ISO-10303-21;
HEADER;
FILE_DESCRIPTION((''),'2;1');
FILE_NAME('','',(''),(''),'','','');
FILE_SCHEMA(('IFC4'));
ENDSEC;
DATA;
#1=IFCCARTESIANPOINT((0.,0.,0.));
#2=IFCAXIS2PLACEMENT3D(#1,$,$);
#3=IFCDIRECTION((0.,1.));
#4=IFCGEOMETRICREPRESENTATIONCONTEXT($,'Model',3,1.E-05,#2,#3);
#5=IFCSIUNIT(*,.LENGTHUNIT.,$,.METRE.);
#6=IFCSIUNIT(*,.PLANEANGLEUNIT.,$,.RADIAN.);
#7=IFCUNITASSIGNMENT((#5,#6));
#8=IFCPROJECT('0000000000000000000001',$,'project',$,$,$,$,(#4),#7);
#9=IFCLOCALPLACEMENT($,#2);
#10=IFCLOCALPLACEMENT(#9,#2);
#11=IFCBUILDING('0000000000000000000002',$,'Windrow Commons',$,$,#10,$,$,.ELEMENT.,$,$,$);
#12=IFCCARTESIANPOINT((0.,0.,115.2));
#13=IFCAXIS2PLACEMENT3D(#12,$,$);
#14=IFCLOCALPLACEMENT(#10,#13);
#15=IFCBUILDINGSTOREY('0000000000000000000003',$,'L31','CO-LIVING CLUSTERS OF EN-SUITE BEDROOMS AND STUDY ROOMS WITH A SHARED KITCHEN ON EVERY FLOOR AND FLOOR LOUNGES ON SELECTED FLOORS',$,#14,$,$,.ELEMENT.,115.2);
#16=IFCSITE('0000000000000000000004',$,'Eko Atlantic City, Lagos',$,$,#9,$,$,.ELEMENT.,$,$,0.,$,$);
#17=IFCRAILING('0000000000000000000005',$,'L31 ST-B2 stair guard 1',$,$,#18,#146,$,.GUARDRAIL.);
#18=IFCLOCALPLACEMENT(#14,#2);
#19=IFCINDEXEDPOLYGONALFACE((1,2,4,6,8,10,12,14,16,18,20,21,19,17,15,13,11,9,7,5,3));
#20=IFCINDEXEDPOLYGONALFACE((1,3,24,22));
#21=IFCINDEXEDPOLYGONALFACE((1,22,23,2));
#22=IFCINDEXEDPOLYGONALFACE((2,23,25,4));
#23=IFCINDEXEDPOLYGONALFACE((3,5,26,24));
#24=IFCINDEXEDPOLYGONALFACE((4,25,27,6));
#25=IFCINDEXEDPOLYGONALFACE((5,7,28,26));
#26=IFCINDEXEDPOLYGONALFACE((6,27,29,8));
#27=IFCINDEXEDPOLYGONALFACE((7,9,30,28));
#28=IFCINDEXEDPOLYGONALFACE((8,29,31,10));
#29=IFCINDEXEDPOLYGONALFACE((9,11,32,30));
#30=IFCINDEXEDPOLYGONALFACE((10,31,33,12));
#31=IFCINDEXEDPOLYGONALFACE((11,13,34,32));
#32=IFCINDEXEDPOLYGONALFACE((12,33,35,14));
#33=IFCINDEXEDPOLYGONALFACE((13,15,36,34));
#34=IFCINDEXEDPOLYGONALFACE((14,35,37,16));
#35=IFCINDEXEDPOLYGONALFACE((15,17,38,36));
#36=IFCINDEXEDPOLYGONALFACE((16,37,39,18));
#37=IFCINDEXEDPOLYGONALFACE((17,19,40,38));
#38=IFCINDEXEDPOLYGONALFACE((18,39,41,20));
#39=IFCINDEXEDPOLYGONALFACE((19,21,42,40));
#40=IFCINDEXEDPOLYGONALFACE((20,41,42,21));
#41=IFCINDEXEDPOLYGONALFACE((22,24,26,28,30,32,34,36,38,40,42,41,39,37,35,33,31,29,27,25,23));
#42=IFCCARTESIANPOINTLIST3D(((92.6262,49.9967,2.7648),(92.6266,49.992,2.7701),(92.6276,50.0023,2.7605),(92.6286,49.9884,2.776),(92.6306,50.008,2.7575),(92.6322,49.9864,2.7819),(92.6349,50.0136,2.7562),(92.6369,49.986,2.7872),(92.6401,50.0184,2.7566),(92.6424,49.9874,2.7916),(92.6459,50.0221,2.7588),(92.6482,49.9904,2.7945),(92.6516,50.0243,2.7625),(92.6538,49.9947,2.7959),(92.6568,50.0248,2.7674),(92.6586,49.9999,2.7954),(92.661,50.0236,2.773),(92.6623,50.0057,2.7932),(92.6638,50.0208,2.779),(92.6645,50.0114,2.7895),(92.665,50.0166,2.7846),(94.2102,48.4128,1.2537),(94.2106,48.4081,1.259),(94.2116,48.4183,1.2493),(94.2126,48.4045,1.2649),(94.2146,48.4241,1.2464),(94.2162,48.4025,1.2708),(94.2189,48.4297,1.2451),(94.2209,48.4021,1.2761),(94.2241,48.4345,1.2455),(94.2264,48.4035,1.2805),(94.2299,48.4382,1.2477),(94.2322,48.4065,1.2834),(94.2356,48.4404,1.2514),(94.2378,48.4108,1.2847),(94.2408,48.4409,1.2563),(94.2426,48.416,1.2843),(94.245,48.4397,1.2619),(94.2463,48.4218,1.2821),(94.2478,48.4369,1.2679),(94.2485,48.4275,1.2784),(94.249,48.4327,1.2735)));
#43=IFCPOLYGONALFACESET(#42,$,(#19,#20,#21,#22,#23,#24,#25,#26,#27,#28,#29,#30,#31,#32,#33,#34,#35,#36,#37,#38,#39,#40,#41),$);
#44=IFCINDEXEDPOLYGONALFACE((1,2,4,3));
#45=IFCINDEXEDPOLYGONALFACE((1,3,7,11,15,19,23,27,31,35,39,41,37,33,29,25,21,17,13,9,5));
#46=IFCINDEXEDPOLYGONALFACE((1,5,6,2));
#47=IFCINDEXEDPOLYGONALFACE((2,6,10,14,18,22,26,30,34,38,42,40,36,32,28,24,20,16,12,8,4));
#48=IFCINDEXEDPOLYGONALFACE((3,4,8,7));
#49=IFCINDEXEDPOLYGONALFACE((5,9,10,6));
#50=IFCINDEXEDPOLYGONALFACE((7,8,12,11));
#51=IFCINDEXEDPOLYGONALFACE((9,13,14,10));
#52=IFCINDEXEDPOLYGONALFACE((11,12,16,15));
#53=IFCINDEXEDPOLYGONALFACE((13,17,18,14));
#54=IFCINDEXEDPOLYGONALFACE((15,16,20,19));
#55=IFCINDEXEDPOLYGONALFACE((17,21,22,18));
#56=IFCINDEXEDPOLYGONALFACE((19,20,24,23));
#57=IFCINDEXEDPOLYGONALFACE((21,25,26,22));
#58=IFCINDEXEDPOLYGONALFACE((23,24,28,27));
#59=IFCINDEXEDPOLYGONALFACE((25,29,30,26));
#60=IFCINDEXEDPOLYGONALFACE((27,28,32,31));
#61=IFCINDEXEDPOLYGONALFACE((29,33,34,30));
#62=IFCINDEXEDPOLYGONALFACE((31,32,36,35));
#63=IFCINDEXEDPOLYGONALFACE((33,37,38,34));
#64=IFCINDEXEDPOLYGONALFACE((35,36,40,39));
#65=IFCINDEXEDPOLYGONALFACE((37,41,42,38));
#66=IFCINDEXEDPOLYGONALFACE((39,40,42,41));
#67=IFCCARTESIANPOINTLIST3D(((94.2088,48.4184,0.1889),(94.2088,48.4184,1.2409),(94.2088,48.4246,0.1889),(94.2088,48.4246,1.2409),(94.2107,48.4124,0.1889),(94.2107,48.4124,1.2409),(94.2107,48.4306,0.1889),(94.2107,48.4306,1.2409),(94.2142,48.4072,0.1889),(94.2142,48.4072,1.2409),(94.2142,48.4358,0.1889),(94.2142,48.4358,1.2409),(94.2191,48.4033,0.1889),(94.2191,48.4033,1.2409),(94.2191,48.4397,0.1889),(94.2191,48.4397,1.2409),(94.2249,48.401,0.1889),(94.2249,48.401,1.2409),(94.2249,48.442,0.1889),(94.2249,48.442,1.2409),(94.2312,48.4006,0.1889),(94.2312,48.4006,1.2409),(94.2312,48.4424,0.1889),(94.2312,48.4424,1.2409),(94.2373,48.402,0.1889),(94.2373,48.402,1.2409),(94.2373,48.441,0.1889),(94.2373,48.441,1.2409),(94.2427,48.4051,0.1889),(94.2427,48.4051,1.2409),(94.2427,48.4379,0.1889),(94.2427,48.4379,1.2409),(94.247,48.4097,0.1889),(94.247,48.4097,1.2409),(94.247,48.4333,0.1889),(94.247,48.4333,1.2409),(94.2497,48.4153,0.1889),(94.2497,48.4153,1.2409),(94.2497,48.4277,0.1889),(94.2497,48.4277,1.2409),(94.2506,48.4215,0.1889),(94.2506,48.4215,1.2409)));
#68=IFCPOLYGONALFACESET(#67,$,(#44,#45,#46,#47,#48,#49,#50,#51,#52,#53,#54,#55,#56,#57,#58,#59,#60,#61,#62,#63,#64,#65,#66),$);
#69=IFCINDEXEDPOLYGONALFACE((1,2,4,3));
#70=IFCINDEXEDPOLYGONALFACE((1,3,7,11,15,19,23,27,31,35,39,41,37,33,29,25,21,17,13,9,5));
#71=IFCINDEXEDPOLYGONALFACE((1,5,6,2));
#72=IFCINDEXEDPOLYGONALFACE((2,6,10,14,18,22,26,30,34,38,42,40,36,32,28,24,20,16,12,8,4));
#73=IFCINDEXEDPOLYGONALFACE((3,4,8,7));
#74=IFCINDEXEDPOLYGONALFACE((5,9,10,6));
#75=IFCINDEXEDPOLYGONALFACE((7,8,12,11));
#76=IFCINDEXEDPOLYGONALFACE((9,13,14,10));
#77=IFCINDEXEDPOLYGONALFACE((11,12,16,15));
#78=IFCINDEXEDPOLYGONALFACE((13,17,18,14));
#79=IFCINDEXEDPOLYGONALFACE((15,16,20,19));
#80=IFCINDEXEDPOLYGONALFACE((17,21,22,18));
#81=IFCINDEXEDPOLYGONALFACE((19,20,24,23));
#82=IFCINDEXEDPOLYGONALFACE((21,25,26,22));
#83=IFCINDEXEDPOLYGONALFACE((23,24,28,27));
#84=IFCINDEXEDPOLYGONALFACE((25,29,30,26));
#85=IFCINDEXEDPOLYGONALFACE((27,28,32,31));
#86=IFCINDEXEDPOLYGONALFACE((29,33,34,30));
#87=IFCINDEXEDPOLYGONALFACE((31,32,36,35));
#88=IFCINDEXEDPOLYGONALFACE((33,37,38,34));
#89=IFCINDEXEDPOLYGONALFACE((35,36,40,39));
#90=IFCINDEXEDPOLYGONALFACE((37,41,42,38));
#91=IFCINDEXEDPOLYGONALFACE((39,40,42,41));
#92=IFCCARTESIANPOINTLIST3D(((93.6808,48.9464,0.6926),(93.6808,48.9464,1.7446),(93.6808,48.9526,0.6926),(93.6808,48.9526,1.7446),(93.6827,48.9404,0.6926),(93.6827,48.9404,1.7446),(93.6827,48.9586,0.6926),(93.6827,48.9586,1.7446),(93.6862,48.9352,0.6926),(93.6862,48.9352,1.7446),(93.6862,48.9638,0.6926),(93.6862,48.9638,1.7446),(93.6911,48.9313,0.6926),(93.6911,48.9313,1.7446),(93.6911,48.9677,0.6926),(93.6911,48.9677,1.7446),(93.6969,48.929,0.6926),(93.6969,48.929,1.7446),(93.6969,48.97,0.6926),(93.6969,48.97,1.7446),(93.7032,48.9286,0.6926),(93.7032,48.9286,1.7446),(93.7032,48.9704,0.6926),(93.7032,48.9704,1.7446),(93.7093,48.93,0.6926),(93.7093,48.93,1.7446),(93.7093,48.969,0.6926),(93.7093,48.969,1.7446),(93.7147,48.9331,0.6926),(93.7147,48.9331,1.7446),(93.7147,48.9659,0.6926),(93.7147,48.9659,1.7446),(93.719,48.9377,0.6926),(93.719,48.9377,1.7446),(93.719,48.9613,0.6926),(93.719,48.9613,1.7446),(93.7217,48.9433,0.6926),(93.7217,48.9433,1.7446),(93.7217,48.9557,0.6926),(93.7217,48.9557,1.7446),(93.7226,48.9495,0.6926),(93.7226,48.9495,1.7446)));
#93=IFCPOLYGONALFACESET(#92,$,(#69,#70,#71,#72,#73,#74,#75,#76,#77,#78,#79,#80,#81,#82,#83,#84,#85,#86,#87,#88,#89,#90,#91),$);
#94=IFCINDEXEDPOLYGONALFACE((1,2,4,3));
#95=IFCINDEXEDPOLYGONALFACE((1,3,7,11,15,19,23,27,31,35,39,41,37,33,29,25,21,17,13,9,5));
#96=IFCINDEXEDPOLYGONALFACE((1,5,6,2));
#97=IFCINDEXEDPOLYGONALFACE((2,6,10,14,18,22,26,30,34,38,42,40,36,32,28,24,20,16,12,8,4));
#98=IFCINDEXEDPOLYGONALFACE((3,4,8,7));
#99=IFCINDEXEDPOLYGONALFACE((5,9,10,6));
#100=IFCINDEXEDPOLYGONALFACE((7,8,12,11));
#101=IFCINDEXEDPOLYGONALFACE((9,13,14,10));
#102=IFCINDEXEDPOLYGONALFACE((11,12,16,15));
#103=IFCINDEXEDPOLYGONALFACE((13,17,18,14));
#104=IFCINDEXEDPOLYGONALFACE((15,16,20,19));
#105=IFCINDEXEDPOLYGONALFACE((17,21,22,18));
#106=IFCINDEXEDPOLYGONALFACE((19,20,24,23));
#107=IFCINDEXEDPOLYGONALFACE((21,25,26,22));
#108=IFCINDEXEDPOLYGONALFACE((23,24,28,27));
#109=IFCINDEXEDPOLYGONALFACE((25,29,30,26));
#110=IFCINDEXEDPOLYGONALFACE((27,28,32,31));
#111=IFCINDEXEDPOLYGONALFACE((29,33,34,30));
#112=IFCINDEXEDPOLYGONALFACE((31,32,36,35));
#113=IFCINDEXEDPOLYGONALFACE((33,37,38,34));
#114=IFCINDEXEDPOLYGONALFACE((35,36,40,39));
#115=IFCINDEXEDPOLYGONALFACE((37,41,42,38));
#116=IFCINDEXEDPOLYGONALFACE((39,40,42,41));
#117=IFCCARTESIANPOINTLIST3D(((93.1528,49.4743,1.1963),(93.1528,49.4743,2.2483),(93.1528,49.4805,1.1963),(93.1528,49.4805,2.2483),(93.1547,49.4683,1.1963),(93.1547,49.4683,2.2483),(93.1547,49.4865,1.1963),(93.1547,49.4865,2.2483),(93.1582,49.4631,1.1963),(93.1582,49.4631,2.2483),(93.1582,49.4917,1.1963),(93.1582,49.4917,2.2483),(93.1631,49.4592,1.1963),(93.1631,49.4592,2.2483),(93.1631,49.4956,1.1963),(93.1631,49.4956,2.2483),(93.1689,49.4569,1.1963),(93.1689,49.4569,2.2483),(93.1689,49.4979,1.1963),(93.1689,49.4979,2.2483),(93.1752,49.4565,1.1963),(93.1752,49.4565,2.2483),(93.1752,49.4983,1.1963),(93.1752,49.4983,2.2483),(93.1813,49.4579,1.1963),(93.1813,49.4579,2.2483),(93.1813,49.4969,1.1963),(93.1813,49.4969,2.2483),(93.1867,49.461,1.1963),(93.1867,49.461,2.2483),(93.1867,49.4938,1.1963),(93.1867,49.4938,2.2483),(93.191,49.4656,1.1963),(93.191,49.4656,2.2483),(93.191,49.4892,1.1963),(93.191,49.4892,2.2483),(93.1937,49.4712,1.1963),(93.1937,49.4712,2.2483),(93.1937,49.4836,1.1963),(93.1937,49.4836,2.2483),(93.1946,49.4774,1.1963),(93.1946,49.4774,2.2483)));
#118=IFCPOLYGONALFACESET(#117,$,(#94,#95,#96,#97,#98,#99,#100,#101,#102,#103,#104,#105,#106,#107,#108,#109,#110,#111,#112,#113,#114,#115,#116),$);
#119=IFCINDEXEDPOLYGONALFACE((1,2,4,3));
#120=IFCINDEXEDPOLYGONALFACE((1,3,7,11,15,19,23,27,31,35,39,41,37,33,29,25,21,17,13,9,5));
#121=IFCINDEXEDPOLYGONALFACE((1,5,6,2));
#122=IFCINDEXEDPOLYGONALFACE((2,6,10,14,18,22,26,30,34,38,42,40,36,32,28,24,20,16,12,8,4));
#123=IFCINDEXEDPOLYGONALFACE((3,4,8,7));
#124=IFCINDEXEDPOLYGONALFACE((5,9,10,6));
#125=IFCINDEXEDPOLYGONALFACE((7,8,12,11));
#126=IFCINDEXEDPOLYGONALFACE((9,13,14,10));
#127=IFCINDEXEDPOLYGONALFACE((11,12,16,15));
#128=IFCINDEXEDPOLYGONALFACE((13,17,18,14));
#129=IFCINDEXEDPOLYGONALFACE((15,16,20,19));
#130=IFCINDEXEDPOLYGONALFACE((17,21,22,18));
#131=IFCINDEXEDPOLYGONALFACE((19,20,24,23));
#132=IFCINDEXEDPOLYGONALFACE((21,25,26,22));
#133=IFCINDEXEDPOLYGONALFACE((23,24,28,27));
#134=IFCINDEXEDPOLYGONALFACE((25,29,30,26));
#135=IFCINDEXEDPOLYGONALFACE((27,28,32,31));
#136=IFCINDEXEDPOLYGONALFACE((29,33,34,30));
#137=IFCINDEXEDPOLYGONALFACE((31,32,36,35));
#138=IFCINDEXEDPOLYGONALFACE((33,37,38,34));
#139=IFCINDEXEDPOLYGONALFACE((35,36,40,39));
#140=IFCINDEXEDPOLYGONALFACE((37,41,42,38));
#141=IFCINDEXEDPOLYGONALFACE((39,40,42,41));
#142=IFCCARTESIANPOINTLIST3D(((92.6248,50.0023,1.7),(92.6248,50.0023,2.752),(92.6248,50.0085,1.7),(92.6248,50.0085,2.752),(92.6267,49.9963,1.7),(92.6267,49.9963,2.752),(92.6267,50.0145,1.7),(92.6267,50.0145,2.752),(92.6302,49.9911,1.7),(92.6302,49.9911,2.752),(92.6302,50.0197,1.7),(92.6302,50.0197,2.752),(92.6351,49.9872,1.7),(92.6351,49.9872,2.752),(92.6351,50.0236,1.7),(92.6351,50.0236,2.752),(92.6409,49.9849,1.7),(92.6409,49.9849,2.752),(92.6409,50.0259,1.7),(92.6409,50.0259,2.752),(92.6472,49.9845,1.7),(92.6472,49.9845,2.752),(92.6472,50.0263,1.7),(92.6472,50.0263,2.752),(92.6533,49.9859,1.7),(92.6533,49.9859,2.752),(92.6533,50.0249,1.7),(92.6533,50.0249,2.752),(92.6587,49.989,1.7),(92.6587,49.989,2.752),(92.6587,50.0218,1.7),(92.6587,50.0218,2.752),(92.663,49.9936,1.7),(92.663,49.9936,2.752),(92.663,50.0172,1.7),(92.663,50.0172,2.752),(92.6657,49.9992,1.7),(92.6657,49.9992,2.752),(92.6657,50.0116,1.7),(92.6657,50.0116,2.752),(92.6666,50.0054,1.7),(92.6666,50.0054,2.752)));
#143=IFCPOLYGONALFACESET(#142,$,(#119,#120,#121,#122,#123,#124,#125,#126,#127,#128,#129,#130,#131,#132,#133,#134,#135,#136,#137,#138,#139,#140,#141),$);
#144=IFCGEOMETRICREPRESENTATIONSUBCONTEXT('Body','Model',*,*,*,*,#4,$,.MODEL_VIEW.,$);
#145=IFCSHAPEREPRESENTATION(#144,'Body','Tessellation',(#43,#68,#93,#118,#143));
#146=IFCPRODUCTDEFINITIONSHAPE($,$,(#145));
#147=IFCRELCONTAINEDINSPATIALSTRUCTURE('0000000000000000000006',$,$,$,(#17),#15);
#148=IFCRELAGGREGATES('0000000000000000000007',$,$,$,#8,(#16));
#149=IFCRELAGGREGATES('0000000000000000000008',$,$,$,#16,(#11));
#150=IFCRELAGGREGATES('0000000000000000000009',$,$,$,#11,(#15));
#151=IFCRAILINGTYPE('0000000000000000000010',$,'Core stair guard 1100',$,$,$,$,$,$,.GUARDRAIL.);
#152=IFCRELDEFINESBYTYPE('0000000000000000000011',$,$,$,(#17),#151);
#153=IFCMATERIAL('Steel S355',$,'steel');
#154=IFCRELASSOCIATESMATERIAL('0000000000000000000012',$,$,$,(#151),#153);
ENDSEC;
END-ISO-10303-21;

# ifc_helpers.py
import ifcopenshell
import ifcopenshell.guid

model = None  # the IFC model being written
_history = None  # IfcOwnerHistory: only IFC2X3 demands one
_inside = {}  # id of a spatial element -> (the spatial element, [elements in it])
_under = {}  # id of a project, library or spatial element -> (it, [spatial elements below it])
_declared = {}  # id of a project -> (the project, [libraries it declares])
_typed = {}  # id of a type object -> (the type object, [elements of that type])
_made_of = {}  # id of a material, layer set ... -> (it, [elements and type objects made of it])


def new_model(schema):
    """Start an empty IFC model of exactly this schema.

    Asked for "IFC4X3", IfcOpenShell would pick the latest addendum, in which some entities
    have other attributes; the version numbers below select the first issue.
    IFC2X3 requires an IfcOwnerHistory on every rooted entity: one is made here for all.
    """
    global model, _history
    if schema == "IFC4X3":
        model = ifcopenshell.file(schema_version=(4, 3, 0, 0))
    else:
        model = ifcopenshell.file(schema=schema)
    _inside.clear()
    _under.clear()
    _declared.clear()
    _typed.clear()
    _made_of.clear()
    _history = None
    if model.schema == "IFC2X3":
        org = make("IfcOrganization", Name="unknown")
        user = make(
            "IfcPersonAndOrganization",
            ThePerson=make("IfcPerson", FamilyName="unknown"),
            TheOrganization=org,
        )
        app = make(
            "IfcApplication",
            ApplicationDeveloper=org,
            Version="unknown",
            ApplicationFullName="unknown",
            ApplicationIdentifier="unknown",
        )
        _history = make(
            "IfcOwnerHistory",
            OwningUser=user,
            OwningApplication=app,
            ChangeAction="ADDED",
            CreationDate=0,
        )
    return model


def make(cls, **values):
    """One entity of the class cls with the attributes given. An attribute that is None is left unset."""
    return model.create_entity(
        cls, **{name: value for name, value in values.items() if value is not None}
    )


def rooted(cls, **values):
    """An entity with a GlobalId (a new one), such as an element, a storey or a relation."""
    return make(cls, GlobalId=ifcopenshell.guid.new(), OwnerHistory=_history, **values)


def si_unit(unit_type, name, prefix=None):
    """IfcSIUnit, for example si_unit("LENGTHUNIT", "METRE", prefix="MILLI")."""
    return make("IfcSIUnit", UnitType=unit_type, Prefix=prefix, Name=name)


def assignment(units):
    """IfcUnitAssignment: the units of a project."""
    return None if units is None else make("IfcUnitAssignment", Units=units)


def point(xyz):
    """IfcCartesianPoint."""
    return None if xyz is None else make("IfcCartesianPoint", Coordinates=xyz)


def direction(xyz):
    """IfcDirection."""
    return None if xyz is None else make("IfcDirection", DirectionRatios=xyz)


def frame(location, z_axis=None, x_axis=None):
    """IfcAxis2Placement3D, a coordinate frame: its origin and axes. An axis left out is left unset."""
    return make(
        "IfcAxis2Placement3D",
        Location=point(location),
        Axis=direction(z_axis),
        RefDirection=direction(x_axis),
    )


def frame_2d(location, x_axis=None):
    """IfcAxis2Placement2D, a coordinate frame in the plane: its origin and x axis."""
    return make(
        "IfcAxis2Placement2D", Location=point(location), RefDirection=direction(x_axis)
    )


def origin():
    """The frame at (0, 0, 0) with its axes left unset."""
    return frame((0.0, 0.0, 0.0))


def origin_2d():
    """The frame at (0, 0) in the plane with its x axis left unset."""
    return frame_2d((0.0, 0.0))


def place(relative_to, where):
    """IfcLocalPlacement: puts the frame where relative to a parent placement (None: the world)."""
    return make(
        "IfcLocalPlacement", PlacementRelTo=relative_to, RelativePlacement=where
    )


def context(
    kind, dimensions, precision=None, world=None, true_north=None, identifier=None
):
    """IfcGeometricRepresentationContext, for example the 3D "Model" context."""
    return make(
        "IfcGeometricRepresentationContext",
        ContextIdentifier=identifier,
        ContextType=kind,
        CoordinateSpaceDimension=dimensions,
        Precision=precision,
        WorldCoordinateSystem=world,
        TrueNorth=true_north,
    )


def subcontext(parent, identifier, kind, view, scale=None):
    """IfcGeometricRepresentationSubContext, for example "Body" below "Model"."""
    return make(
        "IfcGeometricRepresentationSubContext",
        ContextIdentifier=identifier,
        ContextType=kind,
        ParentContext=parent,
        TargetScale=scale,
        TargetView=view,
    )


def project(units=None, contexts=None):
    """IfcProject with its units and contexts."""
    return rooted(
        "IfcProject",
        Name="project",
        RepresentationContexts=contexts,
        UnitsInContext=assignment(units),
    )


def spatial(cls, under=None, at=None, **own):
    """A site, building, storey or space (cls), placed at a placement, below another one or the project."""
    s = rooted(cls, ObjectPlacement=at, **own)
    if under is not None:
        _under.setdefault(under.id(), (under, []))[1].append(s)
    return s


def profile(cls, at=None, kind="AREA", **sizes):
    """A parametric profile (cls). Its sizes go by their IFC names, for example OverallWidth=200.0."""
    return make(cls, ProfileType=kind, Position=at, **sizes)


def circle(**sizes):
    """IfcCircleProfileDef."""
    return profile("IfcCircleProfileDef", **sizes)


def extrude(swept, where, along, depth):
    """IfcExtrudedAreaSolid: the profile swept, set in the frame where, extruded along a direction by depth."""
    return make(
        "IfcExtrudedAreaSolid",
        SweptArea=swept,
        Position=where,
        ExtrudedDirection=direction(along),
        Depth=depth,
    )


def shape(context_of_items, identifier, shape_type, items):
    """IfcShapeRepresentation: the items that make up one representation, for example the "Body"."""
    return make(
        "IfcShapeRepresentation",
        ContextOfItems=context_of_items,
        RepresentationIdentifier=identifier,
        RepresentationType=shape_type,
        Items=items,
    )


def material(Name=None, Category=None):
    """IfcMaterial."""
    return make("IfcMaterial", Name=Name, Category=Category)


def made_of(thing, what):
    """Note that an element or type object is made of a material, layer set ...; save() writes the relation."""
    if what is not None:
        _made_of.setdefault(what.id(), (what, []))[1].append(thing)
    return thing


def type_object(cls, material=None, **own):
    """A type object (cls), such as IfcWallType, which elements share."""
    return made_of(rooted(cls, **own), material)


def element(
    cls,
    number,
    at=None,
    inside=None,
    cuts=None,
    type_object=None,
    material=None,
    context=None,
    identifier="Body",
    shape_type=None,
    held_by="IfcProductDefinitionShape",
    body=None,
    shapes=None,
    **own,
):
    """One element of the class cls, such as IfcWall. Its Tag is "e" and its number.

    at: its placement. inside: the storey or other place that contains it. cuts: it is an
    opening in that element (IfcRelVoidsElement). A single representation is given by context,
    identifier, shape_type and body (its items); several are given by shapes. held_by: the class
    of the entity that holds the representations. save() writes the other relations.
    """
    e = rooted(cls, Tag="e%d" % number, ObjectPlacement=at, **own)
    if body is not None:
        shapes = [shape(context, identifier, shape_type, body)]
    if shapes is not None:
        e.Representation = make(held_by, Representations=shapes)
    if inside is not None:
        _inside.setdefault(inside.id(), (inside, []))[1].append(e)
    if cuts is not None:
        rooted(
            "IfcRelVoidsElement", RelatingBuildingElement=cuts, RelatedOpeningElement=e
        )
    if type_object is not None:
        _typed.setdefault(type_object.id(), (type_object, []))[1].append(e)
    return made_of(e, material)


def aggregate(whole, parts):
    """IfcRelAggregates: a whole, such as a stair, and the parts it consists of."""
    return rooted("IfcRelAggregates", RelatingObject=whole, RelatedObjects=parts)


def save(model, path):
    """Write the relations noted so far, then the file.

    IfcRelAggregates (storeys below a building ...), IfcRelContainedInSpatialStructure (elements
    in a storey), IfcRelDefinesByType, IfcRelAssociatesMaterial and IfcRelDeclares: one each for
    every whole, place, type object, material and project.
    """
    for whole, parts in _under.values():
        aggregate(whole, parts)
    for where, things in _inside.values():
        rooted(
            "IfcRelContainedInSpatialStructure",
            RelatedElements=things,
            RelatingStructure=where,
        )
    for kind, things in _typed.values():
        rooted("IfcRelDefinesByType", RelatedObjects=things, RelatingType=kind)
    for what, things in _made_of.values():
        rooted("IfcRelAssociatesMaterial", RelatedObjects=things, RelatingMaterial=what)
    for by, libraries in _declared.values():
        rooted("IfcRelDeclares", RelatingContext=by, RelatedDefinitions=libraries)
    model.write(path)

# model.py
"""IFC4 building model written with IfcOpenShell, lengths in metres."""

from ifc_helpers import new_model, si_unit, direction, frame, origin, origin_2d, place, context, subcontext, project, spatial, circle, extrude, material, type_object, element, save


model = new_model("IFC4")

# Units and contexts
model_context = context("Model", 3, precision=1e-05, world=origin(), true_north=direction((0.0, 1.0)))
body_context = subcontext(model_context, "Body", "Model", "MODEL_VIEW")
ifc_project = project(units=[si_unit("LENGTHUNIT", "METRE"), si_unit("PLANEANGLEUNIT", "RADIAN")], contexts=[model_context])

# Site, building, storey
site_placement = place(None, origin())
site = spatial("IfcSite", under=ifc_project, at=site_placement, Name="Eko Atlantic City, Lagos", CompositionType="ELEMENT", RefElevation=0.0)
building_placement = place(site_placement, origin())
building = spatial("IfcBuilding", under=site, at=building_placement, Name="Windrow Commons", CompositionType="ELEMENT")
storey_placement = place(building_placement, frame((0.0, 0.0, 115.2)))
storey = spatial("IfcBuildingStorey", under=building, at=storey_placement, Name="L31", Description="CO-LIVING CLUSTERS OF EN-SUITE BEDROOMS AND STUDY ROOMS WITH A SHARED KITCHEN ON EVERY FLOOR AND FLOOR LOUNGES ON SELECTED FLOORS", CompositionType="ELEMENT", Elevation=115.2)

# Railing
ifc_material_1 = material(Name="Steel S355", Category="steel")
railing_type_1 = type_object("IfcRailingType", Name="Core stair guard 1100", PredefinedType="GUARDRAIL", material=ifc_material_1)
railing_1_placement = place(storey_placement, frame((94.2296, 48.4215, 0.1889)))
element("IfcRailing", 1, at=railing_1_placement, inside=storey, type_object=railing_type_1, Name="L31 ST-B2 stair guard 1", PredefinedType="GUARDRAIL", context=body_context, shape_type="SweptSolid", body=[
    extrude(circle(Radius=0.024, at=origin_2d()), frame((0.0, 0.0, 1.076), z_axis=(-0.586216, 0.586179, 0.559237), x_axis=(-0.707084, -0.707129, 0.0)), (0.0, 0.0, 1.0), 2.7021),
    extrude(circle(Radius=0.021, at=origin_2d()), origin(), (0.0, 0.0, 1.0), 1.052),
    extrude(circle(Radius=0.021, at=origin_2d()), frame((-0.528, 0.528, 0.5037)), (0.0, 0.0, 1.0), 1.052),
    extrude(circle(Radius=0.021, at=origin_2d()), frame((-1.056, 1.0559, 1.0074)), (0.0, 0.0, 1.0), 1.052),
    extrude(circle(Radius=0.021, at=origin_2d()), frame((-1.584, 1.5839, 1.5111)), (0.0, 0.0, 1.0), 1.052),
])

save(model, "model.ifc")
